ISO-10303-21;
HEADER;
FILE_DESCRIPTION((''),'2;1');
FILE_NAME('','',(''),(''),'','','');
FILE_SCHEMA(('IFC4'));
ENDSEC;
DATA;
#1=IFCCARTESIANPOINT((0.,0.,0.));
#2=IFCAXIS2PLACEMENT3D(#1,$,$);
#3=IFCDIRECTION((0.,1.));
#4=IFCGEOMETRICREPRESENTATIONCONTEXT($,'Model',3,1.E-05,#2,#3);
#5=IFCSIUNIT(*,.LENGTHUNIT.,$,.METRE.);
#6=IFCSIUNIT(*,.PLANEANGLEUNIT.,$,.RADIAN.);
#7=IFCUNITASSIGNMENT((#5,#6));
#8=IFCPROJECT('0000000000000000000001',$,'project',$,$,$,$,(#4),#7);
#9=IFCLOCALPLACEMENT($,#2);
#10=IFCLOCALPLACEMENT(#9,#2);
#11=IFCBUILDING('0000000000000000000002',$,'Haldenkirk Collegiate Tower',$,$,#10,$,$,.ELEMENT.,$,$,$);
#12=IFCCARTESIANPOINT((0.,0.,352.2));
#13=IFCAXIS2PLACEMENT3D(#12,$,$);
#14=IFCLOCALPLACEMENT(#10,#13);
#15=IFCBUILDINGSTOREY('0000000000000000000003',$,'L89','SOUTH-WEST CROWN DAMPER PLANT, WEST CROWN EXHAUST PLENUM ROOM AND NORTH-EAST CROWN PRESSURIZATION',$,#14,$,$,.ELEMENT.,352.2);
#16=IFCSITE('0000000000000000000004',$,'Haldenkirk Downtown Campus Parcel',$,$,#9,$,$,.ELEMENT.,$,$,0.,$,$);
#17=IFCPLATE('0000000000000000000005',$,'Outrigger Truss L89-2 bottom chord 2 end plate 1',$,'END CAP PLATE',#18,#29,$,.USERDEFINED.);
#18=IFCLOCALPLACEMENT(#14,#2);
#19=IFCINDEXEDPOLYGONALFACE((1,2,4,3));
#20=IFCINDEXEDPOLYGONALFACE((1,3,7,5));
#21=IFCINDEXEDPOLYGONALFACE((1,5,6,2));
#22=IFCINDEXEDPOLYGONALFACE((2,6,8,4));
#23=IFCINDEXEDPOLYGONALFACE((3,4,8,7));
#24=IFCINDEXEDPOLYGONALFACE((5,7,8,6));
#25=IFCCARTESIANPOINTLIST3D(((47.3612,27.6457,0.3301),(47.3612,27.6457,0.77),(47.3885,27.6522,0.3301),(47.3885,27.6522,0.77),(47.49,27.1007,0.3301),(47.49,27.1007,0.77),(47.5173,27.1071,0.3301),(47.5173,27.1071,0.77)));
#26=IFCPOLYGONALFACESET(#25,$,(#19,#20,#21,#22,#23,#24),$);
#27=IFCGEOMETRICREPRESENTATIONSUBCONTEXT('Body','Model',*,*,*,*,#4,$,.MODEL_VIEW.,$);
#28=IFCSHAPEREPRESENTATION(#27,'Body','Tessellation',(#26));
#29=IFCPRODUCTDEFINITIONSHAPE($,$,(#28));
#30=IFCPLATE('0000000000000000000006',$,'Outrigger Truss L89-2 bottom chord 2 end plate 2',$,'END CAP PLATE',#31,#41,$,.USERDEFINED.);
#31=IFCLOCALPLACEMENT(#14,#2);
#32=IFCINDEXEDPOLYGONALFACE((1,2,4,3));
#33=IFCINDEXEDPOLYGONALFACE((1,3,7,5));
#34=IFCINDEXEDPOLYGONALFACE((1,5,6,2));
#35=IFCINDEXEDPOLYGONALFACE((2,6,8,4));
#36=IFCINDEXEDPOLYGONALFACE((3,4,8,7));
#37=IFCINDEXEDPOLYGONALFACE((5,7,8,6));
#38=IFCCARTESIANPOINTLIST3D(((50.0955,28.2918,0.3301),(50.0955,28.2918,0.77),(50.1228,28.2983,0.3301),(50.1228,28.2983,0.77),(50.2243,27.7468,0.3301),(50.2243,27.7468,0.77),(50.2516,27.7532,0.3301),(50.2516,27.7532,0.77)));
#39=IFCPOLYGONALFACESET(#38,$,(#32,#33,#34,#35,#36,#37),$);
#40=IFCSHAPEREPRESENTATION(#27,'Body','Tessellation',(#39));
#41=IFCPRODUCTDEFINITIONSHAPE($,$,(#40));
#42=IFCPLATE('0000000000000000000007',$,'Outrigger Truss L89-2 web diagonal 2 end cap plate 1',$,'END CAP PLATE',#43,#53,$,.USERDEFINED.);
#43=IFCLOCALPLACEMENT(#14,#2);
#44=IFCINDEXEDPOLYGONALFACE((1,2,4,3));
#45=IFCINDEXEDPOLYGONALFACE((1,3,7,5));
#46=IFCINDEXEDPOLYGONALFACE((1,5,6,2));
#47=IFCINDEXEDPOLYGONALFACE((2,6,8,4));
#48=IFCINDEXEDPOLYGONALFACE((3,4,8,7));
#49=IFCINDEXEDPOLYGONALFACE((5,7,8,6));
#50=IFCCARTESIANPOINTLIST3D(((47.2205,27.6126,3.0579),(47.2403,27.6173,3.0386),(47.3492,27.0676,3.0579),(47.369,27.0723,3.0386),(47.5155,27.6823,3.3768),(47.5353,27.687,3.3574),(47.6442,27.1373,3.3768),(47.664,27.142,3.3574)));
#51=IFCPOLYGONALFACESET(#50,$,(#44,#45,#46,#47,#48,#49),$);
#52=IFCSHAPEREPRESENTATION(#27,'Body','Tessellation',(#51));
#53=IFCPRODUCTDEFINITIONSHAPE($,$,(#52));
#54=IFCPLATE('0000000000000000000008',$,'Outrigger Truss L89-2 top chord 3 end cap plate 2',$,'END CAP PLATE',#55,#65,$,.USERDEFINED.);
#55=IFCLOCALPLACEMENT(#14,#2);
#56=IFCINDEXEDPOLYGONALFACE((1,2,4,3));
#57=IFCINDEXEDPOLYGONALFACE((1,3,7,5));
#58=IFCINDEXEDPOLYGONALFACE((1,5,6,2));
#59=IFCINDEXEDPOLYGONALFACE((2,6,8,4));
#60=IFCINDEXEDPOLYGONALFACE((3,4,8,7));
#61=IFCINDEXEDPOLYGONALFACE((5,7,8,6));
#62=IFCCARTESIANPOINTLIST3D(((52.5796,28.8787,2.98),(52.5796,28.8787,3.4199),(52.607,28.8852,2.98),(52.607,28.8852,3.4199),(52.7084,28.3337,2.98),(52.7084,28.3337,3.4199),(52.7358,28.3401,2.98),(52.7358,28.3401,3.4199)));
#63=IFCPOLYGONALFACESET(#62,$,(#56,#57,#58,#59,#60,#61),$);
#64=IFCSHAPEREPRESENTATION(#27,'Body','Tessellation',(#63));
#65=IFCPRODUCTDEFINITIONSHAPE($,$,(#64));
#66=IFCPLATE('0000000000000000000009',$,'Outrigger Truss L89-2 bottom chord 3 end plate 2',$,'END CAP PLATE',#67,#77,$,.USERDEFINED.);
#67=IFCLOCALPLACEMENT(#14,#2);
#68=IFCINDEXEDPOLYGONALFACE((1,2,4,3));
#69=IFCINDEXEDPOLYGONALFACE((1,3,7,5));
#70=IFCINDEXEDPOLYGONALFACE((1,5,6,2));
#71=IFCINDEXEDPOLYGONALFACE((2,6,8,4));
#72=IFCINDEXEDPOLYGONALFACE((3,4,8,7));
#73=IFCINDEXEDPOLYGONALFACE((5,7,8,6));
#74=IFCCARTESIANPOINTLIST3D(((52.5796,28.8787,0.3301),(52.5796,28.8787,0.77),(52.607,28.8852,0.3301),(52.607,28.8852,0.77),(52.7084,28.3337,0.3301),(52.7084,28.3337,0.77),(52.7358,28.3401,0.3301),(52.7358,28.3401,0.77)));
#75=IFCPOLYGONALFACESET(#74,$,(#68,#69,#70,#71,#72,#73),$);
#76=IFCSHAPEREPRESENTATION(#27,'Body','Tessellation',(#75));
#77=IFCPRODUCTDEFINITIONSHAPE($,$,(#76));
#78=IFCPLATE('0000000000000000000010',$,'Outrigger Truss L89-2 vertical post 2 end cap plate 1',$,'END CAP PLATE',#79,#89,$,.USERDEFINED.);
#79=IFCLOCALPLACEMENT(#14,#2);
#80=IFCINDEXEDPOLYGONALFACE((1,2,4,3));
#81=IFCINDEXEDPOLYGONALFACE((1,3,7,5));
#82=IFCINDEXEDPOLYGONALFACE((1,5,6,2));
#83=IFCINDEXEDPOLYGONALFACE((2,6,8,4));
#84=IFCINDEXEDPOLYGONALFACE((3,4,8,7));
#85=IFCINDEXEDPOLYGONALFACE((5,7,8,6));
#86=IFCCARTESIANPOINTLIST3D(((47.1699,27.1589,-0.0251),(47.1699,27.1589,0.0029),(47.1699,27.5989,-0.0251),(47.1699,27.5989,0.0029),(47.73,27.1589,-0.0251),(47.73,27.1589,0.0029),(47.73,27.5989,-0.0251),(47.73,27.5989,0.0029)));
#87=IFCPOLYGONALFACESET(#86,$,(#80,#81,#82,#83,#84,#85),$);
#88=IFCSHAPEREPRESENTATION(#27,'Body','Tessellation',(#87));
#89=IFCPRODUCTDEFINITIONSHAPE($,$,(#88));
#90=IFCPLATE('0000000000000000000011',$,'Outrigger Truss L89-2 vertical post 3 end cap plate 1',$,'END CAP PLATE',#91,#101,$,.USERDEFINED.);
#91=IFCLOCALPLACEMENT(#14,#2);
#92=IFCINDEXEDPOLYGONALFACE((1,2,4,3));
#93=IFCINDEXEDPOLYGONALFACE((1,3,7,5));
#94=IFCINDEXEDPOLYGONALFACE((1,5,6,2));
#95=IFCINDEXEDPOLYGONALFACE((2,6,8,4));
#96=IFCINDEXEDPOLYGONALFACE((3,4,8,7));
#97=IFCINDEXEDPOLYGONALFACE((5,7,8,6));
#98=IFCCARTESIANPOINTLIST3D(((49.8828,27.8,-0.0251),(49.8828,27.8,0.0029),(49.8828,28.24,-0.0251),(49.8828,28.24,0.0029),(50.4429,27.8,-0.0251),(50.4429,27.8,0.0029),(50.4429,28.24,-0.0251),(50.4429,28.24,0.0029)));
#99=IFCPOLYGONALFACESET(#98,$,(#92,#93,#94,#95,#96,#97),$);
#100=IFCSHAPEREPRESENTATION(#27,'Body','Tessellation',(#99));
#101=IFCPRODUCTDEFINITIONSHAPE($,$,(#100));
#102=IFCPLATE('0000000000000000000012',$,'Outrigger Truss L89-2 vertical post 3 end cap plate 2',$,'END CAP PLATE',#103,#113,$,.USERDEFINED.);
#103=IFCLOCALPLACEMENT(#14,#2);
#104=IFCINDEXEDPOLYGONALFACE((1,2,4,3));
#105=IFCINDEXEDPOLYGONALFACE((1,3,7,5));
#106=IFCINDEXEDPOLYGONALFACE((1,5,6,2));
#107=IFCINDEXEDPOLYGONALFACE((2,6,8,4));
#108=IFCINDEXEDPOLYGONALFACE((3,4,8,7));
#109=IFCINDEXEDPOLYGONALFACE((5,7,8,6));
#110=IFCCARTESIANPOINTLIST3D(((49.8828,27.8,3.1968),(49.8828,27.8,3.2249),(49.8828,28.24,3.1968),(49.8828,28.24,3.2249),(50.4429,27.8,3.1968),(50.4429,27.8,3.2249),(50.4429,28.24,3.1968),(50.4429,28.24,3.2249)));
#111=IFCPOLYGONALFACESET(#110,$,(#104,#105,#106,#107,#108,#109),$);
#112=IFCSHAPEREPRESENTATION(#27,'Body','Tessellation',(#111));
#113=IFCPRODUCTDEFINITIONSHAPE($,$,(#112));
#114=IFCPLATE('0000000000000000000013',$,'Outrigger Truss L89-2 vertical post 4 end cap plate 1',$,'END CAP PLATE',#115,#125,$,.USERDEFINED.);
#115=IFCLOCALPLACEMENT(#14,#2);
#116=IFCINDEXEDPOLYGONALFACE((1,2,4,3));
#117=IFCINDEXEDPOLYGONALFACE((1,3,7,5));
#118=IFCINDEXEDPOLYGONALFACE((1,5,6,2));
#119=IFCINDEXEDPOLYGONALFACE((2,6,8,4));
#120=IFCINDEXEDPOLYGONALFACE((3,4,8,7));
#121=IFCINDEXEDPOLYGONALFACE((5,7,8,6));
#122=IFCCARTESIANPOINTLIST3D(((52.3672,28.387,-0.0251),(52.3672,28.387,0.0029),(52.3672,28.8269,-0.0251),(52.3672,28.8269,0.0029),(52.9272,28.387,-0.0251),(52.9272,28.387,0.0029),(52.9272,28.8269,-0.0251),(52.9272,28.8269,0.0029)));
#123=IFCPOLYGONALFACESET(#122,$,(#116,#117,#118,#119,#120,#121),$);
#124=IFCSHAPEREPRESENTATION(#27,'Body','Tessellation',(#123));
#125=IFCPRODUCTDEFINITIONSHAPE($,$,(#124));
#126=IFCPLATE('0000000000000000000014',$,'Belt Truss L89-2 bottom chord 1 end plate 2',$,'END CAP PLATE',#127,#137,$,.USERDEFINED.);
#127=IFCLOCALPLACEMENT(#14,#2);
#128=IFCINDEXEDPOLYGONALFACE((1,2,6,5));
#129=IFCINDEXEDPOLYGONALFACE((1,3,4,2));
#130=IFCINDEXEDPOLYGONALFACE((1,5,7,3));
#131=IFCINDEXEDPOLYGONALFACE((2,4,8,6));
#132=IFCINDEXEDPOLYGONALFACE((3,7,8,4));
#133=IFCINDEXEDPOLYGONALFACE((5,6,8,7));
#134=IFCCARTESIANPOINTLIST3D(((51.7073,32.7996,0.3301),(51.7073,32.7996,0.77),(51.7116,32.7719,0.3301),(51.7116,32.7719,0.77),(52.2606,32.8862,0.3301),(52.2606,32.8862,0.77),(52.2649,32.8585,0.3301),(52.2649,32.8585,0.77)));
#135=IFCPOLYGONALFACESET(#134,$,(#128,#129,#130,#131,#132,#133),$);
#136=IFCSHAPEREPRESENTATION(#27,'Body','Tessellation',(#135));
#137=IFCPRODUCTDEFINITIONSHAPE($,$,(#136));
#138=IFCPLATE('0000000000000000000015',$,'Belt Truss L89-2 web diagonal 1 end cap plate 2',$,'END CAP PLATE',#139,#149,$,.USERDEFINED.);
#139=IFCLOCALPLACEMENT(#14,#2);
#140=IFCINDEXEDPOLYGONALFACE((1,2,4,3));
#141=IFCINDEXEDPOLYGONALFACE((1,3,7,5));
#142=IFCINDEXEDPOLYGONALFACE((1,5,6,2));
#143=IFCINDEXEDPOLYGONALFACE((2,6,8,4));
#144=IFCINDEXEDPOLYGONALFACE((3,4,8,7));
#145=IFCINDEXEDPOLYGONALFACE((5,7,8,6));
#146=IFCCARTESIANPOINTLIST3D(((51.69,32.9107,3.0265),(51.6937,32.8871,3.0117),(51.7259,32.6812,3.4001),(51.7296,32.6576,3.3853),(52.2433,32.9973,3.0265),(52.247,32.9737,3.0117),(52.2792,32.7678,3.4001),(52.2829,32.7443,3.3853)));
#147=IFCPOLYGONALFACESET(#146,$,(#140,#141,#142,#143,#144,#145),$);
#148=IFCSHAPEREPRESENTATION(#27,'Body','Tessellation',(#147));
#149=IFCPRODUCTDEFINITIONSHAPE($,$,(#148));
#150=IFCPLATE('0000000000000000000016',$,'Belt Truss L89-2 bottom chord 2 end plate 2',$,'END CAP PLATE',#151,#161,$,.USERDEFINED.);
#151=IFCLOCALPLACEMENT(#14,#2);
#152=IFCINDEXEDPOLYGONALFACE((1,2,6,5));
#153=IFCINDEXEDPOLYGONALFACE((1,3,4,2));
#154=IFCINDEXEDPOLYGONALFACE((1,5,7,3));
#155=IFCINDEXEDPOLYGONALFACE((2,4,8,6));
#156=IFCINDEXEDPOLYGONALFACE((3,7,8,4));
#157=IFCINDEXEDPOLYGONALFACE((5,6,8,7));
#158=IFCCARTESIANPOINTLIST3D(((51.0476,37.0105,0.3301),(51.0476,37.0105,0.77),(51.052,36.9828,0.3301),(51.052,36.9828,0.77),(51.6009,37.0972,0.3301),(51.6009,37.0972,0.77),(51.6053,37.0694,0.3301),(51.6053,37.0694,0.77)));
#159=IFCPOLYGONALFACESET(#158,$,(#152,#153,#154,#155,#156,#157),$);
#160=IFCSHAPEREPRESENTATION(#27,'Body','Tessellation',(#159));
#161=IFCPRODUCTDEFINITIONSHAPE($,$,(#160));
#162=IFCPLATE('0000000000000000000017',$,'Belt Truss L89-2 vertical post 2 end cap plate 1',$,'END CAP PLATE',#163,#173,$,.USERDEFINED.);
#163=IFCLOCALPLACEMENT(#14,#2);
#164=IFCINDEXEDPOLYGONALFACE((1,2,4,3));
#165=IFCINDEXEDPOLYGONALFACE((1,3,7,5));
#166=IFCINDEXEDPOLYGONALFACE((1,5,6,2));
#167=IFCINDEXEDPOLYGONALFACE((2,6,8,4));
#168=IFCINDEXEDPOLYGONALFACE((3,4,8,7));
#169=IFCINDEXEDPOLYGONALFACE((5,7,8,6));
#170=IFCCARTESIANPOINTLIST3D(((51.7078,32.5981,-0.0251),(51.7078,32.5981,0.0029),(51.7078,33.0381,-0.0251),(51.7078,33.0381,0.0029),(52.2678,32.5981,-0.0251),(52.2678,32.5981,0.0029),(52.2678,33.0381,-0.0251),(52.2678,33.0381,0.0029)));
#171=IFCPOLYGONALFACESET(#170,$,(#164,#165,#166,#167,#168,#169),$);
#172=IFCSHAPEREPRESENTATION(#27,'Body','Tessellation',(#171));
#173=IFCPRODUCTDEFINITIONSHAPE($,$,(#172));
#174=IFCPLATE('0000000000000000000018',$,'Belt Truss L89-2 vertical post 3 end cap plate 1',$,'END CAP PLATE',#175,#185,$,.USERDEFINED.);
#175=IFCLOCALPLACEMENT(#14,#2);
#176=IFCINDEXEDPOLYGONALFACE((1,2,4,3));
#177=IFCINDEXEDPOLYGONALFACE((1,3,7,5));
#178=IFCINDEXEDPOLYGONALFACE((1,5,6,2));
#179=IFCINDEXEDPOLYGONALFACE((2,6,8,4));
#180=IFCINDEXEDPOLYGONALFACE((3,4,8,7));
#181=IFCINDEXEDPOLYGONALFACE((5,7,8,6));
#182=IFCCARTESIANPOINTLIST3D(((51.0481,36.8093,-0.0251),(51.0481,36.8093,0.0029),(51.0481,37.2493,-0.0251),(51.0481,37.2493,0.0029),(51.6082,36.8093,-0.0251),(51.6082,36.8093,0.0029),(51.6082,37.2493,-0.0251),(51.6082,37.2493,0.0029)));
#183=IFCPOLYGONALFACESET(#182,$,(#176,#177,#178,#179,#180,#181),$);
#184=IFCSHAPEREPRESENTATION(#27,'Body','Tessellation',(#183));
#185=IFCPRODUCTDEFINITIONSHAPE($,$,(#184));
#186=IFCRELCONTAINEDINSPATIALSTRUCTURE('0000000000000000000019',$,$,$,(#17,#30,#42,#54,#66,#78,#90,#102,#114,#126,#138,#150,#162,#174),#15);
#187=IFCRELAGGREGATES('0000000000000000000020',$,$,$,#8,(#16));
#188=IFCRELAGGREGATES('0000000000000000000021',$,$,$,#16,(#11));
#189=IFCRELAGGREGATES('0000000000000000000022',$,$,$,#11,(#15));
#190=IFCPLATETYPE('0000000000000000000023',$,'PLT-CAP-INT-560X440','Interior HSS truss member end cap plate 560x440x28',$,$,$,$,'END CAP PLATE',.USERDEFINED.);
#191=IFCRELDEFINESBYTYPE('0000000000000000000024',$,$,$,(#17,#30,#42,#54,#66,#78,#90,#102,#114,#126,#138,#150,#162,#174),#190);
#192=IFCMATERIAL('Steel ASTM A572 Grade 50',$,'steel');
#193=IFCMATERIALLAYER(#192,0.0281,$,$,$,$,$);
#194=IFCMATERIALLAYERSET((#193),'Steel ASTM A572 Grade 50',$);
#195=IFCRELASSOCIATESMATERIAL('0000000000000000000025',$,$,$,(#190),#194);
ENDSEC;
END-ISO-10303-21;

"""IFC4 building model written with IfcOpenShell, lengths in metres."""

from ifc_helpers import new_model, si_unit, direction, frame, origin, origin_2d, place, context, subcontext, project, spatial, rectangle, extrude, source, transform, mapped, material, layer, layer_set, type_object, element, save


model = new_model("IFC4")

# Units and contexts
model_context = context("Model", 3, precision=1e-05, world=origin(), true_north=direction((0.0, 1.0)))
body_context = subcontext(model_context, "Body", "Model", "MODEL_VIEW")
ifc_project = project(units=[si_unit("LENGTHUNIT", "METRE"), si_unit("PLANEANGLEUNIT", "RADIAN")], contexts=[model_context])

# Site, building, storey
site_placement = place(None, origin())
site = spatial("IfcSite", under=ifc_project, at=site_placement, Name="Haldenkirk Downtown Campus Parcel", CompositionType="ELEMENT", RefElevation=0.0)
building_placement = place(site_placement, origin())
building = spatial("IfcBuilding", under=site, at=building_placement, Name="Haldenkirk Collegiate Tower", CompositionType="ELEMENT")
storey_placement = place(building_placement, frame((0.0, 0.0, 352.2)))
storey = spatial("IfcBuildingStorey", under=building, at=storey_placement, Name="L89", Description="SOUTH-WEST CROWN DAMPER PLANT, WEST CROWN EXHAUST PLENUM ROOM AND NORTH-EAST CROWN PRESSURIZATION", CompositionType="ELEMENT", Elevation=352.2)

# Shared definitions
ifc_material_1 = material(Name="Steel ASTM A572 Grade 50", Category="steel")

# Plates
ifc_layer = layer(ifc_material_1, 0.0281)
ifc_layer_set = layer_set([ifc_layer], Name="Steel ASTM A572 Grade 50")
plate_type = type_object("IfcPlateType", Name="PLT-CAP-INT-560X440", Description="Interior HSS truss member end cap plate 560x440x28", ElementType="END CAP PLATE", PredefinedType="USERDEFINED", material=ifc_layer_set)
shared_shape = source(origin(), body_context, "Body", "SweptSolid", [
    extrude(rectangle(XDim=0.5601, YDim=0.4399, at=origin_2d()), origin(), (0.0, 0.0, 1.0), 0.0281),
])
for number, where, z_axis, x_axis, name in (
    (1, (47.4529, 27.3796, 0.55), (-0.973202, -0.229951, 0.0), (0.229951, -0.973202, 0.0), "Outrigger Truss L89-2 bottom chord 2 end plate 1"),
    (2, (50.1599, 28.0193, 0.55), (0.973202, 0.229951, 0.0), (-0.229951, 0.973202, 0.0), "Outrigger Truss L89-2 bottom chord 2 end plate 2"),
    (3, (47.4521, 27.3796, 3.198), (-0.705347, -0.166658, 0.688993), (0.229947, -0.973203, 0.0), "Outrigger Truss L89-2 web diagonal 2 end cap plate 1"),
    (4, (52.644, 28.6062, 3.2), (0.9732, 0.229961, 0.0), (-0.229961, 0.9732, 0.0), "Outrigger Truss L89-2 top chord 3 end cap plate 2"),
    (5, (52.644, 28.6062, 0.55), (0.973202, 0.229951, 0.0), (-0.229951, 0.973202, 0.0), "Outrigger Truss L89-2 bottom chord 3 end plate 2"),
    (6, (47.45, 27.3789, 0.0029), (0.0, 0.0, -1.0), (1.0, 0.0, 0.0), "Outrigger Truss L89-2 vertical post 2 end cap plate 1"),
    (7, (50.1628, 28.02, 0.0029), (0.0, 0.0, -1.0), (1.0, 0.0, 0.0), "Outrigger Truss L89-2 vertical post 3 end cap plate 1"),
    (8, (50.1628, 28.02, 3.1968), (0.0, 0.0, 1.0), (1.0, 0.0, 0.0), "Outrigger Truss L89-2 vertical post 3 end cap plate 2"),
    (9, (52.6472, 28.6069, 0.0029), (0.0, 0.0, -1.0), (1.0, 0.0, 0.0), "Outrigger Truss L89-2 vertical post 4 end cap plate 1"),
    (10, (51.9883, 32.8152, 0.55), (-0.15471, 0.98796, 0.0), (-0.98796, -0.15471, 0.0), "Belt Truss L89-2 bottom chord 1 end plate 2"),
    (11, (51.9883, 32.8157, 3.1985), (-0.131378, 0.839032, 0.527982), (-0.987962, -0.154698, 0.0), "Belt Truss L89-2 web diagonal 1 end cap plate 2"),
    (12, (51.3286, 37.0261, 0.55), (-0.15471, 0.98796, 0.0), (-0.98796, -0.15471, 0.0), "Belt Truss L89-2 bottom chord 2 end plate 2"),
    (13, (51.9878, 32.8181, 0.0029), (0.0, 0.0, -1.0), (1.0, 0.0, 0.0), "Belt Truss L89-2 vertical post 2 end cap plate 1"),
    (14, (51.3281, 37.0293, 0.0029), (0.0, 0.0, -1.0), (1.0, 0.0, 0.0), "Belt Truss L89-2 vertical post 3 end cap plate 1"),
):
    element("IfcPlate", number, at=place(storey_placement, frame(where, z_axis=z_axis, x_axis=x_axis)), inside=storey, type_object=plate_type, Name=name, ObjectType="END CAP PLATE", PredefinedType="USERDEFINED", context=body_context, shape_type="MappedRepresentation", body=[
        mapped(shared_shape, transform((0.0, 0.0, 0.0), x_axis=(1.0, 0.0, 0.0), y_axis=(0.0, 1.0, 0.0), z_axis=(0.0, 0.0, 1.0), scale=1.0)),
    ])

save(model, "model.ifc")
